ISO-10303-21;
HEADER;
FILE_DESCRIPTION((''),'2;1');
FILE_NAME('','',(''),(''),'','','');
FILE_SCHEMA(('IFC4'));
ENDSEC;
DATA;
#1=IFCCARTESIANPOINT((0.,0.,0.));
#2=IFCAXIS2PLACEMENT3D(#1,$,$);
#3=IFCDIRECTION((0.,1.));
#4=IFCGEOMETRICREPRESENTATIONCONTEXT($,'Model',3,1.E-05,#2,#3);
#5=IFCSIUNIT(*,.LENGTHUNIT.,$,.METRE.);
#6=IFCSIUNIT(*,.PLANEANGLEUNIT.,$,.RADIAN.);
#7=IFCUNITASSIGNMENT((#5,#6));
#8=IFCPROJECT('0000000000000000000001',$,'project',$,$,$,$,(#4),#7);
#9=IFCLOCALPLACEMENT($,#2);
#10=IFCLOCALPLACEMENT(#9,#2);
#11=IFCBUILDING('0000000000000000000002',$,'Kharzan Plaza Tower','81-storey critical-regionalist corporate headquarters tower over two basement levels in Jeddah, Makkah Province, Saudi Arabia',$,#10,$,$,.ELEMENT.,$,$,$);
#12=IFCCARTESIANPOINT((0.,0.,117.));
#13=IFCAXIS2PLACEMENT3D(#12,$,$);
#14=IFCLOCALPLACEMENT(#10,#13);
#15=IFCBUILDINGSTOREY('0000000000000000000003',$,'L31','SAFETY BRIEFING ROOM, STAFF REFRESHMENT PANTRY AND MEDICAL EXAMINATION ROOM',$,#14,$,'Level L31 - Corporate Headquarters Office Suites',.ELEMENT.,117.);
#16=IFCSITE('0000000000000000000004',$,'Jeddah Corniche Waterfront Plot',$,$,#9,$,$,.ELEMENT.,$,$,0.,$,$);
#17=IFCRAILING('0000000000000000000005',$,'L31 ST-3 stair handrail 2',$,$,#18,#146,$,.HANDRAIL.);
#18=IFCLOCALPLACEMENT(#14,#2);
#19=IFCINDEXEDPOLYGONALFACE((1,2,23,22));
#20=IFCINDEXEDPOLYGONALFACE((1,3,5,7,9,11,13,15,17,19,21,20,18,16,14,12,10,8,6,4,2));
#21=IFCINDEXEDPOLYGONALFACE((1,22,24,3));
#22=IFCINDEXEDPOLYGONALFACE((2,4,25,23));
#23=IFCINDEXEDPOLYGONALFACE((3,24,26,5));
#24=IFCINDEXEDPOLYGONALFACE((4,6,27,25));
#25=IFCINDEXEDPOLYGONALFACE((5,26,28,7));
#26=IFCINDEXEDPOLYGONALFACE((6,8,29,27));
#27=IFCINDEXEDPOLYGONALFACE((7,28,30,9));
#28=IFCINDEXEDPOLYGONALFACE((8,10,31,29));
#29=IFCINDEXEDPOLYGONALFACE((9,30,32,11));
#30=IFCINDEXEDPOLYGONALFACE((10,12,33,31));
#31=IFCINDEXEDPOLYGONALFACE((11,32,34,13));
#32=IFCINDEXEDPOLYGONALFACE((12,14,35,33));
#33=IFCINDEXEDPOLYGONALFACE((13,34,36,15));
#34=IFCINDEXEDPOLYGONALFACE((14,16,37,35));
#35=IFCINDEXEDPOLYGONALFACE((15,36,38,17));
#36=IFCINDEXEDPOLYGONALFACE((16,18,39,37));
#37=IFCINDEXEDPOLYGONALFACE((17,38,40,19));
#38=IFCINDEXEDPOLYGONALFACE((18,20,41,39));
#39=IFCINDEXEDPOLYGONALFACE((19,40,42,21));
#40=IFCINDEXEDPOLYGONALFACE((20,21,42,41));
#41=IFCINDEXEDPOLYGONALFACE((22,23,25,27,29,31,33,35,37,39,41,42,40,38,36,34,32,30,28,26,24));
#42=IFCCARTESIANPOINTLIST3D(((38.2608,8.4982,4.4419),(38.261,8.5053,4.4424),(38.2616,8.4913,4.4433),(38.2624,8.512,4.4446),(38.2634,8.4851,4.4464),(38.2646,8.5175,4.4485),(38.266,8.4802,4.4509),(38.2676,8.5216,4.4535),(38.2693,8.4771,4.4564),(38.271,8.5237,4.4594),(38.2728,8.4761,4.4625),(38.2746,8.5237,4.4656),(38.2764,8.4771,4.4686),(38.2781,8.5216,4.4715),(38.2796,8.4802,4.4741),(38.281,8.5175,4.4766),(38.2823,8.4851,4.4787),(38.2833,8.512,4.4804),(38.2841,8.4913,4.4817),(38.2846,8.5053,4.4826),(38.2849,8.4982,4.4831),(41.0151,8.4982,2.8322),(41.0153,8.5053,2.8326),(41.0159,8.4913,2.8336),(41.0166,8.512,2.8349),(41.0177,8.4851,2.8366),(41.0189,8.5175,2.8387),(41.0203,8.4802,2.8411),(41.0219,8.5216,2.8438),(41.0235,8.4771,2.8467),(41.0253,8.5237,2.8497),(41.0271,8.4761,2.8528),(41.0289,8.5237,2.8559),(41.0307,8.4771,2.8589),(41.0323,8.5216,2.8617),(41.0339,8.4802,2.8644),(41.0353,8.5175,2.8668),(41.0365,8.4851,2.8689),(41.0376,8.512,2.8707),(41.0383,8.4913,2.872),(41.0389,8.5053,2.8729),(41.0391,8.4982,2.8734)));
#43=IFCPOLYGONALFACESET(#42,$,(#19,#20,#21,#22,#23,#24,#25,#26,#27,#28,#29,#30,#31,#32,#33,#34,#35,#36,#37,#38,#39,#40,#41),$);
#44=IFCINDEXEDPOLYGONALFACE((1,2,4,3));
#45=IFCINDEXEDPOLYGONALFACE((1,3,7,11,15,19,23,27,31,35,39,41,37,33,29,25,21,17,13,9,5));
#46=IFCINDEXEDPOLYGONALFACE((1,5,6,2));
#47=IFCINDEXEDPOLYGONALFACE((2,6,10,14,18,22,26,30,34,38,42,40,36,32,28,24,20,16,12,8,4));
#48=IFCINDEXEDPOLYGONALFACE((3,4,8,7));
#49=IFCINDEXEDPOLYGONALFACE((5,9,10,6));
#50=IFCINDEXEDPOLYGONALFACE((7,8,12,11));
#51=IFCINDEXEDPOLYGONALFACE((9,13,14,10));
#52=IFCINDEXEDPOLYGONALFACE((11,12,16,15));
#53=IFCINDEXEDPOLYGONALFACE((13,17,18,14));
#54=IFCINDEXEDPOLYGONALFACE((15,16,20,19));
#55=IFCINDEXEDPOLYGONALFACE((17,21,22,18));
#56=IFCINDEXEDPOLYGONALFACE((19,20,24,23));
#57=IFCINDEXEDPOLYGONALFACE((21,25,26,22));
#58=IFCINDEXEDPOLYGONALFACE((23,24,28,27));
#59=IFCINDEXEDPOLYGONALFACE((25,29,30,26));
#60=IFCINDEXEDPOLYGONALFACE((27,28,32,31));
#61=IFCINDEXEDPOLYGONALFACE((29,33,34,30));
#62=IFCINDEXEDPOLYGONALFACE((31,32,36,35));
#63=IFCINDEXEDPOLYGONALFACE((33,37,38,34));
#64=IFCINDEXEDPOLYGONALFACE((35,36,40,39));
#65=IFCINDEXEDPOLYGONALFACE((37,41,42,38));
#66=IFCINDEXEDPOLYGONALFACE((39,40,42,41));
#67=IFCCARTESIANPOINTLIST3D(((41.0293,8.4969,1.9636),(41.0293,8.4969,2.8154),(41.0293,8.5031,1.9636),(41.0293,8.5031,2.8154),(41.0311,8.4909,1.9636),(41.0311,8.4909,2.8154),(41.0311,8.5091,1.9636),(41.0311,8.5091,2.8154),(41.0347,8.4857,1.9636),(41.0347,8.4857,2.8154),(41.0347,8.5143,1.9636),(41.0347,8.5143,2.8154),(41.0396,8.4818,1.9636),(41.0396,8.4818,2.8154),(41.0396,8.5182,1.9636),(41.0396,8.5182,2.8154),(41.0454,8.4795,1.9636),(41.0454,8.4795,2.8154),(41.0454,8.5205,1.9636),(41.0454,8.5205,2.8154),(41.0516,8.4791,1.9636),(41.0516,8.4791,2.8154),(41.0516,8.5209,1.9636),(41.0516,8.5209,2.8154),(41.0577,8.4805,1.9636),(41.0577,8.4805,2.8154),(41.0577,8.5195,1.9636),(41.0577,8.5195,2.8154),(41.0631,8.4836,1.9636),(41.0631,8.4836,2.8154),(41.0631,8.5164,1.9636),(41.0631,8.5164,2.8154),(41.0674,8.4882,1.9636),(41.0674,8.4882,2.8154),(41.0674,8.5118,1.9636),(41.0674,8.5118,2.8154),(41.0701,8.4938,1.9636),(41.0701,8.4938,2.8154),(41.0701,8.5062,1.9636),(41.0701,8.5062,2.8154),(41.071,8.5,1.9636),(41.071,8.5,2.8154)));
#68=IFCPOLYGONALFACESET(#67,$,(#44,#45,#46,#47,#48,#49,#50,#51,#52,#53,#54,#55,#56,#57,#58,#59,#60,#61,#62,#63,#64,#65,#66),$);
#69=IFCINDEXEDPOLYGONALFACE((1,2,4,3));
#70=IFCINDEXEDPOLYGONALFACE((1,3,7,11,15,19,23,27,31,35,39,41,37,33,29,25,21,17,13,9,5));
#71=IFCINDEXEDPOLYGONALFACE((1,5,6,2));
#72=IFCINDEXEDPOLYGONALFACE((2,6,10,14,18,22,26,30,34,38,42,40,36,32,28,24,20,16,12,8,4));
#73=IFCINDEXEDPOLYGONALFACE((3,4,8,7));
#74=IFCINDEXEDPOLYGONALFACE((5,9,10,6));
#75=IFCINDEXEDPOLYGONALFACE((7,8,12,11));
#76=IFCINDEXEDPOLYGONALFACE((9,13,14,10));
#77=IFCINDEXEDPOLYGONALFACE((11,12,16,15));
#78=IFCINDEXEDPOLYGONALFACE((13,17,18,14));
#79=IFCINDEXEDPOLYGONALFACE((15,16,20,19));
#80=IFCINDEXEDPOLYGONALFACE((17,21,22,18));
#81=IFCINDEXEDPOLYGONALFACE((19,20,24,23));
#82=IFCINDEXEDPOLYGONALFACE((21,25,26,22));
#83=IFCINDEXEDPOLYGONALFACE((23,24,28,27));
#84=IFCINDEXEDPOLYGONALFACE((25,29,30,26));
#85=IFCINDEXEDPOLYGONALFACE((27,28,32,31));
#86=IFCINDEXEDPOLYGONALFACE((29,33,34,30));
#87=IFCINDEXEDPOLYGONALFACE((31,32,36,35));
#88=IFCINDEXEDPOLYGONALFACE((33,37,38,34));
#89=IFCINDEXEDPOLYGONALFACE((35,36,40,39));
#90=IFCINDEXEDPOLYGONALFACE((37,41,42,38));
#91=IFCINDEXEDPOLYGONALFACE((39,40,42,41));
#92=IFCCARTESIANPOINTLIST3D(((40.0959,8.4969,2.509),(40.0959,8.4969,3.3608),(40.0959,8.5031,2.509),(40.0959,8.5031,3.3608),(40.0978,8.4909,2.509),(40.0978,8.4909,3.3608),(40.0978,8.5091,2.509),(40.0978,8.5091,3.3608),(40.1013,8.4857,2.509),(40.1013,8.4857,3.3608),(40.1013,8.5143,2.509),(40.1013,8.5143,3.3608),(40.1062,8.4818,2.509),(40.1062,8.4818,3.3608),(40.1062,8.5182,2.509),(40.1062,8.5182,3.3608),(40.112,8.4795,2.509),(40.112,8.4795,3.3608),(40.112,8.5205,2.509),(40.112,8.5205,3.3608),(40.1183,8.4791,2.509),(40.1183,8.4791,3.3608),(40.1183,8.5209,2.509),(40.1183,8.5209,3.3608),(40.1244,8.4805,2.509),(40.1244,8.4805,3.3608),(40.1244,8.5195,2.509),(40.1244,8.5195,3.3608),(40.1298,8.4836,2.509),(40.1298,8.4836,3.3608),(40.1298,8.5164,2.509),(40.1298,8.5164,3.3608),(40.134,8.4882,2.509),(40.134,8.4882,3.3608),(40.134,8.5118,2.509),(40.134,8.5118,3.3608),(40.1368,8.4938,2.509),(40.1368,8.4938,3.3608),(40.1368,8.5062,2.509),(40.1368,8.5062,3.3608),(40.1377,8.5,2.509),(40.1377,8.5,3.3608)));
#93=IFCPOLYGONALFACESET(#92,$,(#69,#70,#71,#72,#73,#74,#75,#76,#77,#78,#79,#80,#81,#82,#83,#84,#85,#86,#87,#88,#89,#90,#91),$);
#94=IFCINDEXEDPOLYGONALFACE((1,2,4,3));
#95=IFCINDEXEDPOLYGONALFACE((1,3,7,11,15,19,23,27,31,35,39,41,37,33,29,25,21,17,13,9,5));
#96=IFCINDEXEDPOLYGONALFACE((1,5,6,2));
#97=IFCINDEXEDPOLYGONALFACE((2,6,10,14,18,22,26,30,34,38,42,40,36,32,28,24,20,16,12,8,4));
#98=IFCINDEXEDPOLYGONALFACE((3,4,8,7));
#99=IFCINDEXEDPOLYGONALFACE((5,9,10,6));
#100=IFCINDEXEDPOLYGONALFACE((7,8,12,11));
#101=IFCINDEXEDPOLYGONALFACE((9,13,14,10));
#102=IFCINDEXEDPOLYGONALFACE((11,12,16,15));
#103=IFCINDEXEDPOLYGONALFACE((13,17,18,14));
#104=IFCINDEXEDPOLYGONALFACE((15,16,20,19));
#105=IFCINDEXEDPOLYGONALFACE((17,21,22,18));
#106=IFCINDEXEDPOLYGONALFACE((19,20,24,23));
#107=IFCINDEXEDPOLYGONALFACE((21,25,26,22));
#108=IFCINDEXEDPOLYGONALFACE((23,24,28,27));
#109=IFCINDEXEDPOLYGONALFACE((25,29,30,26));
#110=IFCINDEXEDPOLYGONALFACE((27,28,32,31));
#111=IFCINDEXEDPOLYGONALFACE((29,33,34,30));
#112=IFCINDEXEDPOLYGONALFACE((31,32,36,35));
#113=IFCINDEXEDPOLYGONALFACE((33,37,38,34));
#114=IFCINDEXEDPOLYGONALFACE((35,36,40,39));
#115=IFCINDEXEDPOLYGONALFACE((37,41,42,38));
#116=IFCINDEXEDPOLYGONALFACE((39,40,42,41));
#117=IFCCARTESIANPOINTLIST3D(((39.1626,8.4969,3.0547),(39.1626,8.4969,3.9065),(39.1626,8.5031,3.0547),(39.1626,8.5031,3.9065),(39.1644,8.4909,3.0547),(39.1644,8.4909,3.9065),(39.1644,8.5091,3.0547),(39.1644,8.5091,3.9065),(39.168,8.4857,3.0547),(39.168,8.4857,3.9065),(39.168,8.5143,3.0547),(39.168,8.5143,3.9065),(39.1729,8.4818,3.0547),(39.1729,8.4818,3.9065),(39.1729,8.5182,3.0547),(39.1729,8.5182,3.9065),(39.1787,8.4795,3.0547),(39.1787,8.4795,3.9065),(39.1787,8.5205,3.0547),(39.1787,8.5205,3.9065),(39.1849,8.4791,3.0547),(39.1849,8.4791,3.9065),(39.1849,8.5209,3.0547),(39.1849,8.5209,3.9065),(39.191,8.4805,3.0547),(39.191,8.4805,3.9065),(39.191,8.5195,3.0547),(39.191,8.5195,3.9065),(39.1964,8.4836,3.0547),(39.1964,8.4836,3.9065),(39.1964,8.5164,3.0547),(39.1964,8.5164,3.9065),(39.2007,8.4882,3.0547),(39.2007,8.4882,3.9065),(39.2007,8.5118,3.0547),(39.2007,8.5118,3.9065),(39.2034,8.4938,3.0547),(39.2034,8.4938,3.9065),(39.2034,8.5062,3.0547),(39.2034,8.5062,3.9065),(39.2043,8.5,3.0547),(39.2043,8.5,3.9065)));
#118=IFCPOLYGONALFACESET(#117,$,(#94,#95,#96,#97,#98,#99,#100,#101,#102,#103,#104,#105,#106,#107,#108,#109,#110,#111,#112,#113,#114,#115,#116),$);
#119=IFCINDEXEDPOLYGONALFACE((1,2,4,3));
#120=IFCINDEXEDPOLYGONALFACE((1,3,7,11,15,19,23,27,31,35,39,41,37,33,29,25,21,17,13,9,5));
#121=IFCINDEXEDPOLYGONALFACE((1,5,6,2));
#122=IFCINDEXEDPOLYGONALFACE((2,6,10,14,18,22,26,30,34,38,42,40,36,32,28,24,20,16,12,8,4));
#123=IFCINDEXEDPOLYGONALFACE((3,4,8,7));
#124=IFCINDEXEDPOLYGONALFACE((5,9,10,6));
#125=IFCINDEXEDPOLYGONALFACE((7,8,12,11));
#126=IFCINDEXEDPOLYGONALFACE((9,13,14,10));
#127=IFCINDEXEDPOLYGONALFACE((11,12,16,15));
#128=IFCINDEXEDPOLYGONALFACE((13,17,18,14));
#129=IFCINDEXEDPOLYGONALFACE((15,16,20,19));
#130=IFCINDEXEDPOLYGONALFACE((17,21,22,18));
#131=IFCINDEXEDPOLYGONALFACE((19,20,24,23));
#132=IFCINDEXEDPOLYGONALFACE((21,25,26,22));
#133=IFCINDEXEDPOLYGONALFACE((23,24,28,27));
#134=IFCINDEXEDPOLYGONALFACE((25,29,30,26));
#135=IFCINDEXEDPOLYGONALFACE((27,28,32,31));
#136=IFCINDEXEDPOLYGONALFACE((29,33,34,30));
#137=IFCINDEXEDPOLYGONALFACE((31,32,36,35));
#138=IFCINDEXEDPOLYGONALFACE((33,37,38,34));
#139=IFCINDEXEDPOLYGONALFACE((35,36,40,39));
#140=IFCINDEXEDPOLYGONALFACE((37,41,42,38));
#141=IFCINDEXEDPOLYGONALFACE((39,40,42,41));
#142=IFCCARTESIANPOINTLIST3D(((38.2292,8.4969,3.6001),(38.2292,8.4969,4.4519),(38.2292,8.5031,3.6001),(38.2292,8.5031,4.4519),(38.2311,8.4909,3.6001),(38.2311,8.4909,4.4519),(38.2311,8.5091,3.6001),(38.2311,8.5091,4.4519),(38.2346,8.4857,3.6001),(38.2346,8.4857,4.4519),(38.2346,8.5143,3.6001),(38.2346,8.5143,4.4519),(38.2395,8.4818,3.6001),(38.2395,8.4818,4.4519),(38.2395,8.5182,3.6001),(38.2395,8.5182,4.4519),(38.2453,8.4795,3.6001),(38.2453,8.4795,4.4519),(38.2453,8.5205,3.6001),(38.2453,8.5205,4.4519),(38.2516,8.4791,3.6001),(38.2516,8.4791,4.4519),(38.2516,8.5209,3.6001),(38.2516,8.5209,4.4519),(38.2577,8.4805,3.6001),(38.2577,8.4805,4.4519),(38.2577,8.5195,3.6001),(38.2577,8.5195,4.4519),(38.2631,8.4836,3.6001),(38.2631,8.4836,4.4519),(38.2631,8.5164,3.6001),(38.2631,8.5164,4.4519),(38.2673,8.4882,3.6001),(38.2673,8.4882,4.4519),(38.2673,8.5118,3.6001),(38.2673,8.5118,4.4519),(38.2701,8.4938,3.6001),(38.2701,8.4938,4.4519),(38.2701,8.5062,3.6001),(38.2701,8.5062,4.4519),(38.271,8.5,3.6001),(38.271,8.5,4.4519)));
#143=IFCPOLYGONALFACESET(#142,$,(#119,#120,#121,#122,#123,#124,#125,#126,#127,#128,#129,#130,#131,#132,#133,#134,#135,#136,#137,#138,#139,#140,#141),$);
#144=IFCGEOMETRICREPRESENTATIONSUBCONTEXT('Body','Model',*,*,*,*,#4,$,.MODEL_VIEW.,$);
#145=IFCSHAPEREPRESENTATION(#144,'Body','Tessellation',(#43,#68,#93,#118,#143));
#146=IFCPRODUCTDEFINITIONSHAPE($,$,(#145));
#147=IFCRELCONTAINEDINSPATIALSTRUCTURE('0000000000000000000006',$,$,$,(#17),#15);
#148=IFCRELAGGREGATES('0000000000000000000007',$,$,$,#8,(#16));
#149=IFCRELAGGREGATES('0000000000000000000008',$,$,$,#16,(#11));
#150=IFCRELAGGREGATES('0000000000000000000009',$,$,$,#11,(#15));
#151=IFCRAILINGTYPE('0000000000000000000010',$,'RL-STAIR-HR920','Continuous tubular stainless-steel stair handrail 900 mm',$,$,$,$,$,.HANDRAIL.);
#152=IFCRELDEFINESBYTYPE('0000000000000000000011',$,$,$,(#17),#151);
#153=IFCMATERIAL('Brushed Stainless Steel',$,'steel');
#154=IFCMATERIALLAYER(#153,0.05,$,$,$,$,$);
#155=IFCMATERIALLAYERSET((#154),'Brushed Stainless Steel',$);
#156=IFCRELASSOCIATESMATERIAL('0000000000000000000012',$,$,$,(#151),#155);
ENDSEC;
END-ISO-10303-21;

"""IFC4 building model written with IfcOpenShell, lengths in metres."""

from ifc_helpers import new_model, si_unit, direction, frame, origin, origin_2d, place, context, subcontext, project, spatial, circle, extrude, source, transform, mapped, material, layer, layer_set, type_object, element, save


model = new_model("IFC4")

# Units and contexts
model_context = context("Model", 3, precision=1e-05, world=origin(), true_north=direction((0.0, 1.0)))
body_context = subcontext(model_context, "Body", "Model", "MODEL_VIEW")
ifc_project = project(units=[si_unit("LENGTHUNIT", "METRE"), si_unit("PLANEANGLEUNIT", "RADIAN")], contexts=[model_context])

# Site, building, storey
site_placement = place(None, origin())
site = spatial("IfcSite", under=ifc_project, at=site_placement, Name="Jeddah Corniche Waterfront Plot", CompositionType="ELEMENT", RefElevation=0.0)
building_placement = place(site_placement, origin())
building = spatial("IfcBuilding", under=site, at=building_placement, Name="Kharzan Plaza Tower", Description="81-storey critical-regionalist corporate headquarters tower over two basement levels in Jeddah, Makkah Province, Saudi Arabia", CompositionType="ELEMENT")
storey_placement = place(building_placement, frame((0.0, 0.0, 117.0)))
storey = spatial("IfcBuildingStorey", under=building, at=storey_placement, Name="L31", Description="SAFETY BRIEFING ROOM, STAFF REFRESHMENT PANTRY AND MEDICAL EXAMINATION ROOM", LongName="Level L31 - Corporate Headquarters Office Suites", CompositionType="ELEMENT", Elevation=117.0)

# Shared definitions
ifc_material_1 = material(Name="Brushed Stainless Steel", Category="steel")

# Railing
ifc_layer_1 = layer(ifc_material_1, 0.05)
ifc_layer_set_1 = layer_set([ifc_layer_1], Name="Brushed Stainless Steel")
railing_type_1 = type_object("IfcRailingType", Name="RL-STAIR-HR920", Description="Continuous tubular stainless-steel stair handrail 900 mm", PredefinedType="HANDRAIL", material=ifc_layer_set_1)
shared_shape_1 = source(origin(), body_context, "Body", "SweptSolid", [
    extrude(circle(Radius=0.0239, at=origin_2d()), frame((-0.0229, 0.0, 0.8892), z_axis=(-0.863361, 0.0, 0.504587), x_axis=(0.0, -1.0, 0.0)), (0.0, 0.0, 1.0), 3.1902),
    extrude(circle(Radius=0.021, at=origin_2d()), origin(), (0.0, 0.0, 1.0), 0.8518),
    extrude(circle(Radius=0.021, at=origin_2d()), frame((-0.9333, 0.0, 0.5454)), (0.0, 0.0, 1.0), 0.8518),
    extrude(circle(Radius=0.021, at=origin_2d()), frame((-1.8667, 0.0, 1.0911)), (0.0, 0.0, 1.0), 0.8518),
    extrude(circle(Radius=0.021, at=origin_2d()), frame((-2.8, 0.0, 1.6365)), (0.0, 0.0, 1.0), 0.8518),
])
railing_1_placement = place(storey_placement, frame((41.05, 8.5, 1.9636)))
element("IfcRailing", 1, at=railing_1_placement, inside=storey, type_object=railing_type_1, Name="L31 ST-3 stair handrail 2", PredefinedType="HANDRAIL", context=body_context, shape_type="MappedRepresentation", body=[
    mapped(shared_shape_1, transform((0.0, 0.0, 0.0), x_axis=(1.0, 0.0, 0.0), y_axis=(0.0, 1.0, 0.0), z_axis=(0.0, 0.0, 1.0))),
])

save(model, "model.ifc")
